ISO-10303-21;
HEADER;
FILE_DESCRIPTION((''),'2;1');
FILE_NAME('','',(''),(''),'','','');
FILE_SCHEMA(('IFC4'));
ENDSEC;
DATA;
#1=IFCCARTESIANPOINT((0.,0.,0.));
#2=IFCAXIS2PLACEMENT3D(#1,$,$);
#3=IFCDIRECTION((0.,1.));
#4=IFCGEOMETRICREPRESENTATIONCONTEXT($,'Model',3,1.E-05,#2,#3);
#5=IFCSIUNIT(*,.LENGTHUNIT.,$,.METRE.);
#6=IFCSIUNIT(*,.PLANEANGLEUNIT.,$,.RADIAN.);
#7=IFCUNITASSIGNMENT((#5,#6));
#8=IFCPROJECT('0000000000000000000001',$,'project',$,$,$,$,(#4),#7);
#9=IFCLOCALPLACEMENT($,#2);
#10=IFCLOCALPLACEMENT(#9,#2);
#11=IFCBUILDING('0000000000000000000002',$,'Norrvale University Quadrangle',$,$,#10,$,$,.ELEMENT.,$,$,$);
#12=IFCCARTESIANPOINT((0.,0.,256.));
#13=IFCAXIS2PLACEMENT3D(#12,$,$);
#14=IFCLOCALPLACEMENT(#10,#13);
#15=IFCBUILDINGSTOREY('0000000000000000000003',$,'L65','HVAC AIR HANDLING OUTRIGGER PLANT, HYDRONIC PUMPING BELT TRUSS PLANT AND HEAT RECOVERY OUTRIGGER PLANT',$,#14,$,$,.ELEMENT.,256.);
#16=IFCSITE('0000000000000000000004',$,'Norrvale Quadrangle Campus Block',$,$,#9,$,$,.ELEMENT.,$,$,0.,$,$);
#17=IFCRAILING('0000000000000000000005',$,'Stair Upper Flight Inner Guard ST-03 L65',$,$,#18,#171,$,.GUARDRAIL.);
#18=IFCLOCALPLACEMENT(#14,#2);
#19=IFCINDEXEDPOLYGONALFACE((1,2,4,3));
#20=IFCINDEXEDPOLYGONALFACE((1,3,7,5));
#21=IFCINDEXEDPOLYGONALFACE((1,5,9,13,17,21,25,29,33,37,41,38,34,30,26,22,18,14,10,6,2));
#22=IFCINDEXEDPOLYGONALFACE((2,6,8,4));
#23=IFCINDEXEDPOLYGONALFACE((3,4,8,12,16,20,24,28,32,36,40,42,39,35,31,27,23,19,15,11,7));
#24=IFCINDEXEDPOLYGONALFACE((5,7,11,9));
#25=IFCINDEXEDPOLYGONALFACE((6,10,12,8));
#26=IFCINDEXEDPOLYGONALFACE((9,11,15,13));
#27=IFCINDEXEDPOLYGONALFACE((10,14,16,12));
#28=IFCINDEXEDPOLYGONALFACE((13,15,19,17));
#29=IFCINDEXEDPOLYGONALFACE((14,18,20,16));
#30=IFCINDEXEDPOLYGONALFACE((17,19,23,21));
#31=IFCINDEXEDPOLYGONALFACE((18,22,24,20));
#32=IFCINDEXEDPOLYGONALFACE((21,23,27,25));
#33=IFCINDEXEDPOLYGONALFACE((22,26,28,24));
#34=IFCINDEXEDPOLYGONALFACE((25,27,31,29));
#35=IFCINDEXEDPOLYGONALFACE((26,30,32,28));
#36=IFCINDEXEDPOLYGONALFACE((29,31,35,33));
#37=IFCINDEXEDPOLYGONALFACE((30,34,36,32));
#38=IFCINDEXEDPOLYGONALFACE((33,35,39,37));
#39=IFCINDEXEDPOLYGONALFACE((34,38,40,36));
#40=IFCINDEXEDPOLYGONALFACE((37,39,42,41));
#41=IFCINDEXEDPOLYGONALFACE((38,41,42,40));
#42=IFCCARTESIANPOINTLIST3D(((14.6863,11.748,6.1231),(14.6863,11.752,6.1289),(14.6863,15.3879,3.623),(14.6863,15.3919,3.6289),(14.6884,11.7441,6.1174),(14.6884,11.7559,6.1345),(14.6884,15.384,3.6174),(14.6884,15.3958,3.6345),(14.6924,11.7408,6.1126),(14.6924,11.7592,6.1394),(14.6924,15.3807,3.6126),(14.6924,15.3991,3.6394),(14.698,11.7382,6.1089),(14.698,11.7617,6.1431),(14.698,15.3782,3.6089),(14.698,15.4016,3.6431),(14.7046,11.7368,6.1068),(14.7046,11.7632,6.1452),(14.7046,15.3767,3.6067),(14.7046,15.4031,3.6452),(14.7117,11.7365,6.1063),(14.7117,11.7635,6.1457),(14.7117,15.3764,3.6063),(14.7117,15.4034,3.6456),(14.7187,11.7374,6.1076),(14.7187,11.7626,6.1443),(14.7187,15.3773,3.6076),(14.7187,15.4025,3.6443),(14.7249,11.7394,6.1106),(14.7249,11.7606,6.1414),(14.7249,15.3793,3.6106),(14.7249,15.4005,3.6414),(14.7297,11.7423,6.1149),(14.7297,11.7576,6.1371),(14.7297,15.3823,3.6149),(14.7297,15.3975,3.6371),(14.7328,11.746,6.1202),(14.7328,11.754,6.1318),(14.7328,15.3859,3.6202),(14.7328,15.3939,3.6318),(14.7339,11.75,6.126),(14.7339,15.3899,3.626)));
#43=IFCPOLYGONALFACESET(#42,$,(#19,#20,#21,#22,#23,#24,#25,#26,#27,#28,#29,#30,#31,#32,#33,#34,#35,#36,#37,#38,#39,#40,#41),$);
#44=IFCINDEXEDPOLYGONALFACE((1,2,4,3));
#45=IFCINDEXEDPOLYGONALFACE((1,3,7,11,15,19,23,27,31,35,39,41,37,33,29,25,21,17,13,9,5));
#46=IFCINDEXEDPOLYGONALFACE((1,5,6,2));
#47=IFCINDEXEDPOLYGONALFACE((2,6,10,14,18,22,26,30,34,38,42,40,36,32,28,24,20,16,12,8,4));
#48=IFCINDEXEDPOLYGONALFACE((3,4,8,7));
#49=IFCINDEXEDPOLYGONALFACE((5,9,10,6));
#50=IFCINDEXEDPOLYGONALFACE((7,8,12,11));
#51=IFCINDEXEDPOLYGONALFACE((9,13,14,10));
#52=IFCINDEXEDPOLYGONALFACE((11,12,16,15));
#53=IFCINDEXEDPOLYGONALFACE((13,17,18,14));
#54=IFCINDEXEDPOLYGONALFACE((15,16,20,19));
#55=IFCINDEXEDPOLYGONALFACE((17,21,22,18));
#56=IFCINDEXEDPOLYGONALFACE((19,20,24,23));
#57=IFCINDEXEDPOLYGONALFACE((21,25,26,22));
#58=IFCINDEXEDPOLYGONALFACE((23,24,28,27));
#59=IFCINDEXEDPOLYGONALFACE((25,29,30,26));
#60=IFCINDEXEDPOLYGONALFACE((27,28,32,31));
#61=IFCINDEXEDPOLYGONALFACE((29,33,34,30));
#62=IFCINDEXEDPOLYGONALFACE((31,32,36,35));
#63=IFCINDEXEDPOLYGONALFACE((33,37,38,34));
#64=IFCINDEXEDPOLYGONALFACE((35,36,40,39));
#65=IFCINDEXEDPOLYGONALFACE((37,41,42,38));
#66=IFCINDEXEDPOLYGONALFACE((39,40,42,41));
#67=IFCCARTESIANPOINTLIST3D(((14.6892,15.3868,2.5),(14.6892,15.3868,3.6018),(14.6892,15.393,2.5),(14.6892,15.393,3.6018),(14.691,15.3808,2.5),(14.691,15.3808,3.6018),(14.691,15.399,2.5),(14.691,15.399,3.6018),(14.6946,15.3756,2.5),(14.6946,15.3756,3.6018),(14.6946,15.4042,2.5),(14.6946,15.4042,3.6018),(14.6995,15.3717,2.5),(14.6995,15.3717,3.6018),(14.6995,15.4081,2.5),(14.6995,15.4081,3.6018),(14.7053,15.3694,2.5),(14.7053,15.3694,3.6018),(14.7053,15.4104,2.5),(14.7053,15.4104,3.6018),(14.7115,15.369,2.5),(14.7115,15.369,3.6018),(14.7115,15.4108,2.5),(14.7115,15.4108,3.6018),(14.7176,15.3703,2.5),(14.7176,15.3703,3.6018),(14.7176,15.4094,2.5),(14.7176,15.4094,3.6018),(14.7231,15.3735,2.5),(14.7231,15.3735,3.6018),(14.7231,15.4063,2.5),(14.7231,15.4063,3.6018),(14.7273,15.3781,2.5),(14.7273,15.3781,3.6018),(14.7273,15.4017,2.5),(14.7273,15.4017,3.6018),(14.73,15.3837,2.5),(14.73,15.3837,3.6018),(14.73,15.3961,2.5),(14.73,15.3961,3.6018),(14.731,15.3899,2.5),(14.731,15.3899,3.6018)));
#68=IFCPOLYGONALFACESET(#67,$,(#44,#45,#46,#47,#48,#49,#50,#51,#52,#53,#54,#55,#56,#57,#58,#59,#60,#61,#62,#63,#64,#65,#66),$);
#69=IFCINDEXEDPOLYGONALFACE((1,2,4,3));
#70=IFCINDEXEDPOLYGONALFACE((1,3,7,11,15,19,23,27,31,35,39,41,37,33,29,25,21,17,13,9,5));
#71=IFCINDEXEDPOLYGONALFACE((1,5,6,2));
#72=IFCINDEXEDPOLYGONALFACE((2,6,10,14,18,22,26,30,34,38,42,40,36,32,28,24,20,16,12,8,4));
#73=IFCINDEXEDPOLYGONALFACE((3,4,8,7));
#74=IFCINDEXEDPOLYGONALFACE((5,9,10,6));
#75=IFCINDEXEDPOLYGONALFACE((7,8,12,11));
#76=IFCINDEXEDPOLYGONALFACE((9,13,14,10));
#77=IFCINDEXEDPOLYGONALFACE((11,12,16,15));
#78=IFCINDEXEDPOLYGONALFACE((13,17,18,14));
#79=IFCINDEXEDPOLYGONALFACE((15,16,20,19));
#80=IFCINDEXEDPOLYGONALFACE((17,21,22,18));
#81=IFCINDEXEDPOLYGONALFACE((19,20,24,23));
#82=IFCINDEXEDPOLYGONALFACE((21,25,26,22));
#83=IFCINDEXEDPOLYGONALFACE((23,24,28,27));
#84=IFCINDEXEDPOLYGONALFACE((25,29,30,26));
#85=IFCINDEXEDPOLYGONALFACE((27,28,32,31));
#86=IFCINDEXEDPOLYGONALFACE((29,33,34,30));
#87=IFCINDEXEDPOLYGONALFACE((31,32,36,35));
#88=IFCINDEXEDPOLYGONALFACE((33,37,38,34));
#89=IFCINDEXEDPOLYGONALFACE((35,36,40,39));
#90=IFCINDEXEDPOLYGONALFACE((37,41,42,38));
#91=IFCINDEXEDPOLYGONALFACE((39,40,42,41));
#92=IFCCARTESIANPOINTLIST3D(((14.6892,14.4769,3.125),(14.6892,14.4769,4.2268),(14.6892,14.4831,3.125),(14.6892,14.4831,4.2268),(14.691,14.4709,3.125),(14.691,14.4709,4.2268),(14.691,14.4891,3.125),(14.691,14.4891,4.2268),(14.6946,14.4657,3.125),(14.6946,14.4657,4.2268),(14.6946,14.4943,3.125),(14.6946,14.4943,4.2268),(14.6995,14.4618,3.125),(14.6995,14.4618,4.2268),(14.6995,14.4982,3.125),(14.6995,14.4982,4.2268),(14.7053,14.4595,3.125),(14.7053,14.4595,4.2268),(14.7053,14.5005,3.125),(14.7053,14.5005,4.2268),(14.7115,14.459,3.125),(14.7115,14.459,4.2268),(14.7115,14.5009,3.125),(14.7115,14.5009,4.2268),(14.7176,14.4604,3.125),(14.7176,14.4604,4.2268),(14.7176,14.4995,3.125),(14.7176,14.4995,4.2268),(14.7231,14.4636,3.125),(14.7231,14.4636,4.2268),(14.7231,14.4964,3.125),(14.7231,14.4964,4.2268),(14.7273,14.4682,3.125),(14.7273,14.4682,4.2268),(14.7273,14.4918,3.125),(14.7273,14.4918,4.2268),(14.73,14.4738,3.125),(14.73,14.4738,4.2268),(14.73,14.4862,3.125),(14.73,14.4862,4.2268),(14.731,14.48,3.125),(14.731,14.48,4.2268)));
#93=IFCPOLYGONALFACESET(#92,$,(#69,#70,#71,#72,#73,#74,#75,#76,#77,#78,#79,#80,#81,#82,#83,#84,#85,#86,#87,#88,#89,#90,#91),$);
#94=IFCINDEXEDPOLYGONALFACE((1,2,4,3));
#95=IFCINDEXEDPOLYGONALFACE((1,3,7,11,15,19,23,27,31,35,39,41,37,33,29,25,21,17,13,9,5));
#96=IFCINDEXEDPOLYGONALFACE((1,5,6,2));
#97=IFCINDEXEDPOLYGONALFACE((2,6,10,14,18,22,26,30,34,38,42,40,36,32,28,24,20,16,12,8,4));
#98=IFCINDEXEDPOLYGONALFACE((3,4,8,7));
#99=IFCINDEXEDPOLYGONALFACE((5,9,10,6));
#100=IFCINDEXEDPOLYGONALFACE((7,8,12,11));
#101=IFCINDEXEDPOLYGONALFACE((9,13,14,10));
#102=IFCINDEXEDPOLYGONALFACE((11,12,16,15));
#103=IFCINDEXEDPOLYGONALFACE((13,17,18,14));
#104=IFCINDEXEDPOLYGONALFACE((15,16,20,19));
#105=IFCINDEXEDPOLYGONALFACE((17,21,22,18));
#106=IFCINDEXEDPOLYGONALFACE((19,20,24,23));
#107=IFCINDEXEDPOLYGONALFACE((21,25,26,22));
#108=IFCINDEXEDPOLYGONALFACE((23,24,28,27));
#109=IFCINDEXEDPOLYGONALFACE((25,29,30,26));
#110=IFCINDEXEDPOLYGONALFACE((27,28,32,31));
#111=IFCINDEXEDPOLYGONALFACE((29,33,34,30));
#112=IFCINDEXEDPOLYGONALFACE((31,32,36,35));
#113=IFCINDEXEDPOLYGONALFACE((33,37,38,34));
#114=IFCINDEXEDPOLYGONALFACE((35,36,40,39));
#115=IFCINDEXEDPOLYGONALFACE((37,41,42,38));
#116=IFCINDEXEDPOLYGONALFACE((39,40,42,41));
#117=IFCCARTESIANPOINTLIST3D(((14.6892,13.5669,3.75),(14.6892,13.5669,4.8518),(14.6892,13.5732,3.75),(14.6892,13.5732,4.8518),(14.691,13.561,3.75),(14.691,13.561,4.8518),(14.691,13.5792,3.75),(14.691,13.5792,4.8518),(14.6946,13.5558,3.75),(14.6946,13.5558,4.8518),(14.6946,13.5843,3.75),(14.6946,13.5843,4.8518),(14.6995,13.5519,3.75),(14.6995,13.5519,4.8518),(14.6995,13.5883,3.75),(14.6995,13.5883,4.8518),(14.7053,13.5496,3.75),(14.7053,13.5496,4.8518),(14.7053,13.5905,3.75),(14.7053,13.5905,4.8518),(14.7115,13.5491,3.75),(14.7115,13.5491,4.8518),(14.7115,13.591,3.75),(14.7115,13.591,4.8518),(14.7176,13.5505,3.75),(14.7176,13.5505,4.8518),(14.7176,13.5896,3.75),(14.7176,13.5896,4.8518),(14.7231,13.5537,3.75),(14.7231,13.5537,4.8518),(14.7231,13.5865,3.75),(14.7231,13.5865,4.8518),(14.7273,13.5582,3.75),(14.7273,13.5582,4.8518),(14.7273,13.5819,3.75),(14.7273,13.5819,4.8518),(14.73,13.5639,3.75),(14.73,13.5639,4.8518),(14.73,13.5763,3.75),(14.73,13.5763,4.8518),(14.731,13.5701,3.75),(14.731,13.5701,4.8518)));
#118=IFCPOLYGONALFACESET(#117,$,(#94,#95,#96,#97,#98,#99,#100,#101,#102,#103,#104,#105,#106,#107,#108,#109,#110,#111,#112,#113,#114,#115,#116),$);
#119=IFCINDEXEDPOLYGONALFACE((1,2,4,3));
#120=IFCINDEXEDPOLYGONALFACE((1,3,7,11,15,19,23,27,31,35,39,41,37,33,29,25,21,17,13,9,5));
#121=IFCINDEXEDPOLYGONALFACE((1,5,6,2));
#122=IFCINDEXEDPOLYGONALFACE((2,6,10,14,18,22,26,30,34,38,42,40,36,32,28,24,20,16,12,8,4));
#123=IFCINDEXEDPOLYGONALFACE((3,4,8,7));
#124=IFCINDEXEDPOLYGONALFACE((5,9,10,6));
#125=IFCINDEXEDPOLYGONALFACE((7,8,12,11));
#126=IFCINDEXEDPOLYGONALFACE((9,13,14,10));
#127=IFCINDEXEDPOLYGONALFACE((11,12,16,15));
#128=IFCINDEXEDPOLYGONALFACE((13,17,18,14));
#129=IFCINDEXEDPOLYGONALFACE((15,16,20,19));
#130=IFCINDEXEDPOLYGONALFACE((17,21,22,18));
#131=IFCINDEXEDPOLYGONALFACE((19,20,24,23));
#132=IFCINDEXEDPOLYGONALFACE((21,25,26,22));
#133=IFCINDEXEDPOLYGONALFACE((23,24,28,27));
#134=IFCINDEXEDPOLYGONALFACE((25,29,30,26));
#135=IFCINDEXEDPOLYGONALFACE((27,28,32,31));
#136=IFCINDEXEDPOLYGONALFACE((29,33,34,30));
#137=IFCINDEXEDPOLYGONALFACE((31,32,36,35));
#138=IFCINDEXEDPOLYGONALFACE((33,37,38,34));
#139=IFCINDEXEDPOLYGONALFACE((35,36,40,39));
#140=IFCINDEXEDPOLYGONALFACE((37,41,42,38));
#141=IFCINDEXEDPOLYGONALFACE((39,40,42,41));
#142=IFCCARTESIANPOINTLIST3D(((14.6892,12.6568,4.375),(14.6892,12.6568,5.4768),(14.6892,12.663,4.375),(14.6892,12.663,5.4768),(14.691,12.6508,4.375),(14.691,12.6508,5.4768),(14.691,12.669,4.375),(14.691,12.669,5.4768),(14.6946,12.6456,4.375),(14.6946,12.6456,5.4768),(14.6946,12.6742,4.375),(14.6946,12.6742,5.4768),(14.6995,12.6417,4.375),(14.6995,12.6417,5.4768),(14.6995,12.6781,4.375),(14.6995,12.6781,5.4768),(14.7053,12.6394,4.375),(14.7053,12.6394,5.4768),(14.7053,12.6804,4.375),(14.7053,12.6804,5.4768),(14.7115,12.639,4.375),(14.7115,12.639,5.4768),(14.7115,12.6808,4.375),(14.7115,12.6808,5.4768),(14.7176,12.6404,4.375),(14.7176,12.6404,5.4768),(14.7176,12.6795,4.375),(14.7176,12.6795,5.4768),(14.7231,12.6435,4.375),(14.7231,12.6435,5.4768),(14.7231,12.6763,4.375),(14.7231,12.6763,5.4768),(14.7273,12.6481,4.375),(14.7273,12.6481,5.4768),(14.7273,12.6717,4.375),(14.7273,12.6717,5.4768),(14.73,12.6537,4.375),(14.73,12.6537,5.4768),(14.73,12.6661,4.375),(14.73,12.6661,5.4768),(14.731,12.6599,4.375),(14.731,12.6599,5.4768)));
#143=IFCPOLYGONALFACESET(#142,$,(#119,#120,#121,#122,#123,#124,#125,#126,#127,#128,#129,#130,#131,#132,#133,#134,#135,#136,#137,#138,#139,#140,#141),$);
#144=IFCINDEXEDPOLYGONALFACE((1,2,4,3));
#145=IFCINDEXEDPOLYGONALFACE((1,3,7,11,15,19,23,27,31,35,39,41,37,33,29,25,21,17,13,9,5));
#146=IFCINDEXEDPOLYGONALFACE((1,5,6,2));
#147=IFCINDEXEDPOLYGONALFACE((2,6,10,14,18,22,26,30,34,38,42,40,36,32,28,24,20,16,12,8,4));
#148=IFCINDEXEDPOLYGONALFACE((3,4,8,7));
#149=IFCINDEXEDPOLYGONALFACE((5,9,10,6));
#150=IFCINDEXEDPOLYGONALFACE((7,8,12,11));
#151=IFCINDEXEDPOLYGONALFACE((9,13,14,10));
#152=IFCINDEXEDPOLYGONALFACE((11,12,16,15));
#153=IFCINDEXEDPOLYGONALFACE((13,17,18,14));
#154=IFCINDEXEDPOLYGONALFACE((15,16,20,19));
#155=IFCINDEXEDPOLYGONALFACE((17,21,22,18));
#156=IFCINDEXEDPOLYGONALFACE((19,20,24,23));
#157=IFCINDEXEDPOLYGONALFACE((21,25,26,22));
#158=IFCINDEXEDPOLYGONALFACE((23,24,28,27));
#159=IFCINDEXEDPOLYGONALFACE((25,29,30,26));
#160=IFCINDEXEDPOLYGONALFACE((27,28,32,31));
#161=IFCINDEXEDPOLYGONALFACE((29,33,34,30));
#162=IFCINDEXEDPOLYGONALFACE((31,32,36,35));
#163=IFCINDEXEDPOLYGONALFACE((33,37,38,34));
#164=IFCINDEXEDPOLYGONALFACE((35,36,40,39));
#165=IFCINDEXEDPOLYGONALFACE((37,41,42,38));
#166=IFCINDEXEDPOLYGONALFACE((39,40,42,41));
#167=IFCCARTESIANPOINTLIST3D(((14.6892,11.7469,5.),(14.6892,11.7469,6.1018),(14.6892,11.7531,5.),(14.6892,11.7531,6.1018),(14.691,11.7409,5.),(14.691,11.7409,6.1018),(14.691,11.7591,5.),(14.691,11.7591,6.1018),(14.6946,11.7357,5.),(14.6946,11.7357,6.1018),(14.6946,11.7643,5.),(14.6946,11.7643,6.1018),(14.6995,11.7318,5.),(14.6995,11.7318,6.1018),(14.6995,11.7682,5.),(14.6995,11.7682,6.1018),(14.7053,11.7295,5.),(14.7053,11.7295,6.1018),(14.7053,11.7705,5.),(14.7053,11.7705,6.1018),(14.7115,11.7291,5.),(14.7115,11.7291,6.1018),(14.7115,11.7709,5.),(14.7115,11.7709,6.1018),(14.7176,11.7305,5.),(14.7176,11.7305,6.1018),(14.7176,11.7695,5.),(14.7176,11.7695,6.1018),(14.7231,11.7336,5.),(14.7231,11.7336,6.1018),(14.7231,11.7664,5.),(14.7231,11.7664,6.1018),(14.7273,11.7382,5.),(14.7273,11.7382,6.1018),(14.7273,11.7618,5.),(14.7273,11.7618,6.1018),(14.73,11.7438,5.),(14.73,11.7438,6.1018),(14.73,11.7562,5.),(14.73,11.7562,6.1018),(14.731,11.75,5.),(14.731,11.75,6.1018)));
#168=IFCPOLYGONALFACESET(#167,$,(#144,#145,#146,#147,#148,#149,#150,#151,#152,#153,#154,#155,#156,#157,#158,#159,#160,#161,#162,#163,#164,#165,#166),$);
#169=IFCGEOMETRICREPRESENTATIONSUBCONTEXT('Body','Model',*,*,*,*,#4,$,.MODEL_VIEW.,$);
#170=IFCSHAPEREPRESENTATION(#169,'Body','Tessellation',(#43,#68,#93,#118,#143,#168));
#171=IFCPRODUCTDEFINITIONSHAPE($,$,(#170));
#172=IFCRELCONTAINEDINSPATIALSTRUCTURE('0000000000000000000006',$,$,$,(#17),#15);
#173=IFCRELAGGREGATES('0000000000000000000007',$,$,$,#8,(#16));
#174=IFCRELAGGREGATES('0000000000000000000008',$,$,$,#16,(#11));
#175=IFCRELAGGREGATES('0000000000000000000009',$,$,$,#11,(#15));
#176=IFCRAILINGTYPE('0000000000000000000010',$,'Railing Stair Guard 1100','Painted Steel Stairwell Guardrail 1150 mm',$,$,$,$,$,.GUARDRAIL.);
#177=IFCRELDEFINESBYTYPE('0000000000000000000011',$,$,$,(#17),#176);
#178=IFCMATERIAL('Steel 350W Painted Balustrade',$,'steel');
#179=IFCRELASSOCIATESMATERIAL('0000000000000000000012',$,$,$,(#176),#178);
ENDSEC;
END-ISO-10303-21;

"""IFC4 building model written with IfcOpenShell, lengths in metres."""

from ifc_helpers import new_model, si_unit, direction, frame, origin, origin_2d, place, context, subcontext, project, spatial, circle, extrude, material, type_object, element, save


model = new_model("IFC4")

# Units and contexts
model_context = context("Model", 3, precision=1e-05, world=origin(), true_north=direction((0.0, 1.0)))
body_context = subcontext(model_context, "Body", "Model", "MODEL_VIEW")
ifc_project = project(units=[si_unit("LENGTHUNIT", "METRE"), si_unit("PLANEANGLEUNIT", "RADIAN")], contexts=[model_context])

# Site, building, storey
site_placement = place(None, origin())
site = spatial("IfcSite", under=ifc_project, at=site_placement, Name="Norrvale Quadrangle Campus Block", CompositionType="ELEMENT", RefElevation=0.0)
building_placement = place(site_placement, origin())
building = spatial("IfcBuilding", under=site, at=building_placement, Name="Norrvale University Quadrangle", CompositionType="ELEMENT")
storey_placement = place(building_placement, frame((0.0, 0.0, 256.0)))
storey = spatial("IfcBuildingStorey", under=building, at=storey_placement, Name="L65", Description="HVAC AIR HANDLING OUTRIGGER PLANT, HYDRONIC PUMPING BELT TRUSS PLANT AND HEAT RECOVERY OUTRIGGER PLANT", CompositionType="ELEMENT", Elevation=256.0)

# Railing
ifc_material_1 = material(Name="Steel 350W Painted Balustrade", Category="steel")
railing_type_1 = type_object("IfcRailingType", Name="Railing Stair Guard 1100", Description="Painted Steel Stairwell Guardrail 1150 mm", PredefinedType="GUARDRAIL", material=ifc_material_1)
railing_1_placement = place(storey_placement, frame((14.71, 15.3899, 2.5)))
element("IfcRailing", 1, at=railing_1_placement, inside=storey, type_object=railing_type_1, Name="Stair Upper Flight Inner Guard ST-03 L65", PredefinedType="GUARDRAIL", context=body_context, shape_type="SweptSolid", body=[
    extrude(circle(Radius=0.0239, at=origin_2d()), frame((0.0, 0.0, 1.126), z_axis=(0.0, -0.824298, 0.566156), x_axis=(1.0, 0.0, 0.0)), (0.0, 0.0, 1.0), 4.4158),
    extrude(circle(Radius=0.021, at=origin_2d()), origin(), (0.0, 0.0, 1.0), 1.1018),
    extrude(circle(Radius=0.021, at=origin_2d()), frame((0.0, -0.9099, 0.625)), (0.0, 0.0, 1.0), 1.1018),
    extrude(circle(Radius=0.021, at=origin_2d()), frame((0.0, -1.8198, 1.25)), (0.0, 0.0, 1.0), 1.1018),
    extrude(circle(Radius=0.021, at=origin_2d()), frame((0.0, -2.73, 1.875)), (0.0, 0.0, 1.0), 1.1018),
    extrude(circle(Radius=0.021, at=origin_2d()), frame((0.0, -3.6399, 2.5)), (0.0, 0.0, 1.0), 1.1018),
])

save(model, "model.ifc")
